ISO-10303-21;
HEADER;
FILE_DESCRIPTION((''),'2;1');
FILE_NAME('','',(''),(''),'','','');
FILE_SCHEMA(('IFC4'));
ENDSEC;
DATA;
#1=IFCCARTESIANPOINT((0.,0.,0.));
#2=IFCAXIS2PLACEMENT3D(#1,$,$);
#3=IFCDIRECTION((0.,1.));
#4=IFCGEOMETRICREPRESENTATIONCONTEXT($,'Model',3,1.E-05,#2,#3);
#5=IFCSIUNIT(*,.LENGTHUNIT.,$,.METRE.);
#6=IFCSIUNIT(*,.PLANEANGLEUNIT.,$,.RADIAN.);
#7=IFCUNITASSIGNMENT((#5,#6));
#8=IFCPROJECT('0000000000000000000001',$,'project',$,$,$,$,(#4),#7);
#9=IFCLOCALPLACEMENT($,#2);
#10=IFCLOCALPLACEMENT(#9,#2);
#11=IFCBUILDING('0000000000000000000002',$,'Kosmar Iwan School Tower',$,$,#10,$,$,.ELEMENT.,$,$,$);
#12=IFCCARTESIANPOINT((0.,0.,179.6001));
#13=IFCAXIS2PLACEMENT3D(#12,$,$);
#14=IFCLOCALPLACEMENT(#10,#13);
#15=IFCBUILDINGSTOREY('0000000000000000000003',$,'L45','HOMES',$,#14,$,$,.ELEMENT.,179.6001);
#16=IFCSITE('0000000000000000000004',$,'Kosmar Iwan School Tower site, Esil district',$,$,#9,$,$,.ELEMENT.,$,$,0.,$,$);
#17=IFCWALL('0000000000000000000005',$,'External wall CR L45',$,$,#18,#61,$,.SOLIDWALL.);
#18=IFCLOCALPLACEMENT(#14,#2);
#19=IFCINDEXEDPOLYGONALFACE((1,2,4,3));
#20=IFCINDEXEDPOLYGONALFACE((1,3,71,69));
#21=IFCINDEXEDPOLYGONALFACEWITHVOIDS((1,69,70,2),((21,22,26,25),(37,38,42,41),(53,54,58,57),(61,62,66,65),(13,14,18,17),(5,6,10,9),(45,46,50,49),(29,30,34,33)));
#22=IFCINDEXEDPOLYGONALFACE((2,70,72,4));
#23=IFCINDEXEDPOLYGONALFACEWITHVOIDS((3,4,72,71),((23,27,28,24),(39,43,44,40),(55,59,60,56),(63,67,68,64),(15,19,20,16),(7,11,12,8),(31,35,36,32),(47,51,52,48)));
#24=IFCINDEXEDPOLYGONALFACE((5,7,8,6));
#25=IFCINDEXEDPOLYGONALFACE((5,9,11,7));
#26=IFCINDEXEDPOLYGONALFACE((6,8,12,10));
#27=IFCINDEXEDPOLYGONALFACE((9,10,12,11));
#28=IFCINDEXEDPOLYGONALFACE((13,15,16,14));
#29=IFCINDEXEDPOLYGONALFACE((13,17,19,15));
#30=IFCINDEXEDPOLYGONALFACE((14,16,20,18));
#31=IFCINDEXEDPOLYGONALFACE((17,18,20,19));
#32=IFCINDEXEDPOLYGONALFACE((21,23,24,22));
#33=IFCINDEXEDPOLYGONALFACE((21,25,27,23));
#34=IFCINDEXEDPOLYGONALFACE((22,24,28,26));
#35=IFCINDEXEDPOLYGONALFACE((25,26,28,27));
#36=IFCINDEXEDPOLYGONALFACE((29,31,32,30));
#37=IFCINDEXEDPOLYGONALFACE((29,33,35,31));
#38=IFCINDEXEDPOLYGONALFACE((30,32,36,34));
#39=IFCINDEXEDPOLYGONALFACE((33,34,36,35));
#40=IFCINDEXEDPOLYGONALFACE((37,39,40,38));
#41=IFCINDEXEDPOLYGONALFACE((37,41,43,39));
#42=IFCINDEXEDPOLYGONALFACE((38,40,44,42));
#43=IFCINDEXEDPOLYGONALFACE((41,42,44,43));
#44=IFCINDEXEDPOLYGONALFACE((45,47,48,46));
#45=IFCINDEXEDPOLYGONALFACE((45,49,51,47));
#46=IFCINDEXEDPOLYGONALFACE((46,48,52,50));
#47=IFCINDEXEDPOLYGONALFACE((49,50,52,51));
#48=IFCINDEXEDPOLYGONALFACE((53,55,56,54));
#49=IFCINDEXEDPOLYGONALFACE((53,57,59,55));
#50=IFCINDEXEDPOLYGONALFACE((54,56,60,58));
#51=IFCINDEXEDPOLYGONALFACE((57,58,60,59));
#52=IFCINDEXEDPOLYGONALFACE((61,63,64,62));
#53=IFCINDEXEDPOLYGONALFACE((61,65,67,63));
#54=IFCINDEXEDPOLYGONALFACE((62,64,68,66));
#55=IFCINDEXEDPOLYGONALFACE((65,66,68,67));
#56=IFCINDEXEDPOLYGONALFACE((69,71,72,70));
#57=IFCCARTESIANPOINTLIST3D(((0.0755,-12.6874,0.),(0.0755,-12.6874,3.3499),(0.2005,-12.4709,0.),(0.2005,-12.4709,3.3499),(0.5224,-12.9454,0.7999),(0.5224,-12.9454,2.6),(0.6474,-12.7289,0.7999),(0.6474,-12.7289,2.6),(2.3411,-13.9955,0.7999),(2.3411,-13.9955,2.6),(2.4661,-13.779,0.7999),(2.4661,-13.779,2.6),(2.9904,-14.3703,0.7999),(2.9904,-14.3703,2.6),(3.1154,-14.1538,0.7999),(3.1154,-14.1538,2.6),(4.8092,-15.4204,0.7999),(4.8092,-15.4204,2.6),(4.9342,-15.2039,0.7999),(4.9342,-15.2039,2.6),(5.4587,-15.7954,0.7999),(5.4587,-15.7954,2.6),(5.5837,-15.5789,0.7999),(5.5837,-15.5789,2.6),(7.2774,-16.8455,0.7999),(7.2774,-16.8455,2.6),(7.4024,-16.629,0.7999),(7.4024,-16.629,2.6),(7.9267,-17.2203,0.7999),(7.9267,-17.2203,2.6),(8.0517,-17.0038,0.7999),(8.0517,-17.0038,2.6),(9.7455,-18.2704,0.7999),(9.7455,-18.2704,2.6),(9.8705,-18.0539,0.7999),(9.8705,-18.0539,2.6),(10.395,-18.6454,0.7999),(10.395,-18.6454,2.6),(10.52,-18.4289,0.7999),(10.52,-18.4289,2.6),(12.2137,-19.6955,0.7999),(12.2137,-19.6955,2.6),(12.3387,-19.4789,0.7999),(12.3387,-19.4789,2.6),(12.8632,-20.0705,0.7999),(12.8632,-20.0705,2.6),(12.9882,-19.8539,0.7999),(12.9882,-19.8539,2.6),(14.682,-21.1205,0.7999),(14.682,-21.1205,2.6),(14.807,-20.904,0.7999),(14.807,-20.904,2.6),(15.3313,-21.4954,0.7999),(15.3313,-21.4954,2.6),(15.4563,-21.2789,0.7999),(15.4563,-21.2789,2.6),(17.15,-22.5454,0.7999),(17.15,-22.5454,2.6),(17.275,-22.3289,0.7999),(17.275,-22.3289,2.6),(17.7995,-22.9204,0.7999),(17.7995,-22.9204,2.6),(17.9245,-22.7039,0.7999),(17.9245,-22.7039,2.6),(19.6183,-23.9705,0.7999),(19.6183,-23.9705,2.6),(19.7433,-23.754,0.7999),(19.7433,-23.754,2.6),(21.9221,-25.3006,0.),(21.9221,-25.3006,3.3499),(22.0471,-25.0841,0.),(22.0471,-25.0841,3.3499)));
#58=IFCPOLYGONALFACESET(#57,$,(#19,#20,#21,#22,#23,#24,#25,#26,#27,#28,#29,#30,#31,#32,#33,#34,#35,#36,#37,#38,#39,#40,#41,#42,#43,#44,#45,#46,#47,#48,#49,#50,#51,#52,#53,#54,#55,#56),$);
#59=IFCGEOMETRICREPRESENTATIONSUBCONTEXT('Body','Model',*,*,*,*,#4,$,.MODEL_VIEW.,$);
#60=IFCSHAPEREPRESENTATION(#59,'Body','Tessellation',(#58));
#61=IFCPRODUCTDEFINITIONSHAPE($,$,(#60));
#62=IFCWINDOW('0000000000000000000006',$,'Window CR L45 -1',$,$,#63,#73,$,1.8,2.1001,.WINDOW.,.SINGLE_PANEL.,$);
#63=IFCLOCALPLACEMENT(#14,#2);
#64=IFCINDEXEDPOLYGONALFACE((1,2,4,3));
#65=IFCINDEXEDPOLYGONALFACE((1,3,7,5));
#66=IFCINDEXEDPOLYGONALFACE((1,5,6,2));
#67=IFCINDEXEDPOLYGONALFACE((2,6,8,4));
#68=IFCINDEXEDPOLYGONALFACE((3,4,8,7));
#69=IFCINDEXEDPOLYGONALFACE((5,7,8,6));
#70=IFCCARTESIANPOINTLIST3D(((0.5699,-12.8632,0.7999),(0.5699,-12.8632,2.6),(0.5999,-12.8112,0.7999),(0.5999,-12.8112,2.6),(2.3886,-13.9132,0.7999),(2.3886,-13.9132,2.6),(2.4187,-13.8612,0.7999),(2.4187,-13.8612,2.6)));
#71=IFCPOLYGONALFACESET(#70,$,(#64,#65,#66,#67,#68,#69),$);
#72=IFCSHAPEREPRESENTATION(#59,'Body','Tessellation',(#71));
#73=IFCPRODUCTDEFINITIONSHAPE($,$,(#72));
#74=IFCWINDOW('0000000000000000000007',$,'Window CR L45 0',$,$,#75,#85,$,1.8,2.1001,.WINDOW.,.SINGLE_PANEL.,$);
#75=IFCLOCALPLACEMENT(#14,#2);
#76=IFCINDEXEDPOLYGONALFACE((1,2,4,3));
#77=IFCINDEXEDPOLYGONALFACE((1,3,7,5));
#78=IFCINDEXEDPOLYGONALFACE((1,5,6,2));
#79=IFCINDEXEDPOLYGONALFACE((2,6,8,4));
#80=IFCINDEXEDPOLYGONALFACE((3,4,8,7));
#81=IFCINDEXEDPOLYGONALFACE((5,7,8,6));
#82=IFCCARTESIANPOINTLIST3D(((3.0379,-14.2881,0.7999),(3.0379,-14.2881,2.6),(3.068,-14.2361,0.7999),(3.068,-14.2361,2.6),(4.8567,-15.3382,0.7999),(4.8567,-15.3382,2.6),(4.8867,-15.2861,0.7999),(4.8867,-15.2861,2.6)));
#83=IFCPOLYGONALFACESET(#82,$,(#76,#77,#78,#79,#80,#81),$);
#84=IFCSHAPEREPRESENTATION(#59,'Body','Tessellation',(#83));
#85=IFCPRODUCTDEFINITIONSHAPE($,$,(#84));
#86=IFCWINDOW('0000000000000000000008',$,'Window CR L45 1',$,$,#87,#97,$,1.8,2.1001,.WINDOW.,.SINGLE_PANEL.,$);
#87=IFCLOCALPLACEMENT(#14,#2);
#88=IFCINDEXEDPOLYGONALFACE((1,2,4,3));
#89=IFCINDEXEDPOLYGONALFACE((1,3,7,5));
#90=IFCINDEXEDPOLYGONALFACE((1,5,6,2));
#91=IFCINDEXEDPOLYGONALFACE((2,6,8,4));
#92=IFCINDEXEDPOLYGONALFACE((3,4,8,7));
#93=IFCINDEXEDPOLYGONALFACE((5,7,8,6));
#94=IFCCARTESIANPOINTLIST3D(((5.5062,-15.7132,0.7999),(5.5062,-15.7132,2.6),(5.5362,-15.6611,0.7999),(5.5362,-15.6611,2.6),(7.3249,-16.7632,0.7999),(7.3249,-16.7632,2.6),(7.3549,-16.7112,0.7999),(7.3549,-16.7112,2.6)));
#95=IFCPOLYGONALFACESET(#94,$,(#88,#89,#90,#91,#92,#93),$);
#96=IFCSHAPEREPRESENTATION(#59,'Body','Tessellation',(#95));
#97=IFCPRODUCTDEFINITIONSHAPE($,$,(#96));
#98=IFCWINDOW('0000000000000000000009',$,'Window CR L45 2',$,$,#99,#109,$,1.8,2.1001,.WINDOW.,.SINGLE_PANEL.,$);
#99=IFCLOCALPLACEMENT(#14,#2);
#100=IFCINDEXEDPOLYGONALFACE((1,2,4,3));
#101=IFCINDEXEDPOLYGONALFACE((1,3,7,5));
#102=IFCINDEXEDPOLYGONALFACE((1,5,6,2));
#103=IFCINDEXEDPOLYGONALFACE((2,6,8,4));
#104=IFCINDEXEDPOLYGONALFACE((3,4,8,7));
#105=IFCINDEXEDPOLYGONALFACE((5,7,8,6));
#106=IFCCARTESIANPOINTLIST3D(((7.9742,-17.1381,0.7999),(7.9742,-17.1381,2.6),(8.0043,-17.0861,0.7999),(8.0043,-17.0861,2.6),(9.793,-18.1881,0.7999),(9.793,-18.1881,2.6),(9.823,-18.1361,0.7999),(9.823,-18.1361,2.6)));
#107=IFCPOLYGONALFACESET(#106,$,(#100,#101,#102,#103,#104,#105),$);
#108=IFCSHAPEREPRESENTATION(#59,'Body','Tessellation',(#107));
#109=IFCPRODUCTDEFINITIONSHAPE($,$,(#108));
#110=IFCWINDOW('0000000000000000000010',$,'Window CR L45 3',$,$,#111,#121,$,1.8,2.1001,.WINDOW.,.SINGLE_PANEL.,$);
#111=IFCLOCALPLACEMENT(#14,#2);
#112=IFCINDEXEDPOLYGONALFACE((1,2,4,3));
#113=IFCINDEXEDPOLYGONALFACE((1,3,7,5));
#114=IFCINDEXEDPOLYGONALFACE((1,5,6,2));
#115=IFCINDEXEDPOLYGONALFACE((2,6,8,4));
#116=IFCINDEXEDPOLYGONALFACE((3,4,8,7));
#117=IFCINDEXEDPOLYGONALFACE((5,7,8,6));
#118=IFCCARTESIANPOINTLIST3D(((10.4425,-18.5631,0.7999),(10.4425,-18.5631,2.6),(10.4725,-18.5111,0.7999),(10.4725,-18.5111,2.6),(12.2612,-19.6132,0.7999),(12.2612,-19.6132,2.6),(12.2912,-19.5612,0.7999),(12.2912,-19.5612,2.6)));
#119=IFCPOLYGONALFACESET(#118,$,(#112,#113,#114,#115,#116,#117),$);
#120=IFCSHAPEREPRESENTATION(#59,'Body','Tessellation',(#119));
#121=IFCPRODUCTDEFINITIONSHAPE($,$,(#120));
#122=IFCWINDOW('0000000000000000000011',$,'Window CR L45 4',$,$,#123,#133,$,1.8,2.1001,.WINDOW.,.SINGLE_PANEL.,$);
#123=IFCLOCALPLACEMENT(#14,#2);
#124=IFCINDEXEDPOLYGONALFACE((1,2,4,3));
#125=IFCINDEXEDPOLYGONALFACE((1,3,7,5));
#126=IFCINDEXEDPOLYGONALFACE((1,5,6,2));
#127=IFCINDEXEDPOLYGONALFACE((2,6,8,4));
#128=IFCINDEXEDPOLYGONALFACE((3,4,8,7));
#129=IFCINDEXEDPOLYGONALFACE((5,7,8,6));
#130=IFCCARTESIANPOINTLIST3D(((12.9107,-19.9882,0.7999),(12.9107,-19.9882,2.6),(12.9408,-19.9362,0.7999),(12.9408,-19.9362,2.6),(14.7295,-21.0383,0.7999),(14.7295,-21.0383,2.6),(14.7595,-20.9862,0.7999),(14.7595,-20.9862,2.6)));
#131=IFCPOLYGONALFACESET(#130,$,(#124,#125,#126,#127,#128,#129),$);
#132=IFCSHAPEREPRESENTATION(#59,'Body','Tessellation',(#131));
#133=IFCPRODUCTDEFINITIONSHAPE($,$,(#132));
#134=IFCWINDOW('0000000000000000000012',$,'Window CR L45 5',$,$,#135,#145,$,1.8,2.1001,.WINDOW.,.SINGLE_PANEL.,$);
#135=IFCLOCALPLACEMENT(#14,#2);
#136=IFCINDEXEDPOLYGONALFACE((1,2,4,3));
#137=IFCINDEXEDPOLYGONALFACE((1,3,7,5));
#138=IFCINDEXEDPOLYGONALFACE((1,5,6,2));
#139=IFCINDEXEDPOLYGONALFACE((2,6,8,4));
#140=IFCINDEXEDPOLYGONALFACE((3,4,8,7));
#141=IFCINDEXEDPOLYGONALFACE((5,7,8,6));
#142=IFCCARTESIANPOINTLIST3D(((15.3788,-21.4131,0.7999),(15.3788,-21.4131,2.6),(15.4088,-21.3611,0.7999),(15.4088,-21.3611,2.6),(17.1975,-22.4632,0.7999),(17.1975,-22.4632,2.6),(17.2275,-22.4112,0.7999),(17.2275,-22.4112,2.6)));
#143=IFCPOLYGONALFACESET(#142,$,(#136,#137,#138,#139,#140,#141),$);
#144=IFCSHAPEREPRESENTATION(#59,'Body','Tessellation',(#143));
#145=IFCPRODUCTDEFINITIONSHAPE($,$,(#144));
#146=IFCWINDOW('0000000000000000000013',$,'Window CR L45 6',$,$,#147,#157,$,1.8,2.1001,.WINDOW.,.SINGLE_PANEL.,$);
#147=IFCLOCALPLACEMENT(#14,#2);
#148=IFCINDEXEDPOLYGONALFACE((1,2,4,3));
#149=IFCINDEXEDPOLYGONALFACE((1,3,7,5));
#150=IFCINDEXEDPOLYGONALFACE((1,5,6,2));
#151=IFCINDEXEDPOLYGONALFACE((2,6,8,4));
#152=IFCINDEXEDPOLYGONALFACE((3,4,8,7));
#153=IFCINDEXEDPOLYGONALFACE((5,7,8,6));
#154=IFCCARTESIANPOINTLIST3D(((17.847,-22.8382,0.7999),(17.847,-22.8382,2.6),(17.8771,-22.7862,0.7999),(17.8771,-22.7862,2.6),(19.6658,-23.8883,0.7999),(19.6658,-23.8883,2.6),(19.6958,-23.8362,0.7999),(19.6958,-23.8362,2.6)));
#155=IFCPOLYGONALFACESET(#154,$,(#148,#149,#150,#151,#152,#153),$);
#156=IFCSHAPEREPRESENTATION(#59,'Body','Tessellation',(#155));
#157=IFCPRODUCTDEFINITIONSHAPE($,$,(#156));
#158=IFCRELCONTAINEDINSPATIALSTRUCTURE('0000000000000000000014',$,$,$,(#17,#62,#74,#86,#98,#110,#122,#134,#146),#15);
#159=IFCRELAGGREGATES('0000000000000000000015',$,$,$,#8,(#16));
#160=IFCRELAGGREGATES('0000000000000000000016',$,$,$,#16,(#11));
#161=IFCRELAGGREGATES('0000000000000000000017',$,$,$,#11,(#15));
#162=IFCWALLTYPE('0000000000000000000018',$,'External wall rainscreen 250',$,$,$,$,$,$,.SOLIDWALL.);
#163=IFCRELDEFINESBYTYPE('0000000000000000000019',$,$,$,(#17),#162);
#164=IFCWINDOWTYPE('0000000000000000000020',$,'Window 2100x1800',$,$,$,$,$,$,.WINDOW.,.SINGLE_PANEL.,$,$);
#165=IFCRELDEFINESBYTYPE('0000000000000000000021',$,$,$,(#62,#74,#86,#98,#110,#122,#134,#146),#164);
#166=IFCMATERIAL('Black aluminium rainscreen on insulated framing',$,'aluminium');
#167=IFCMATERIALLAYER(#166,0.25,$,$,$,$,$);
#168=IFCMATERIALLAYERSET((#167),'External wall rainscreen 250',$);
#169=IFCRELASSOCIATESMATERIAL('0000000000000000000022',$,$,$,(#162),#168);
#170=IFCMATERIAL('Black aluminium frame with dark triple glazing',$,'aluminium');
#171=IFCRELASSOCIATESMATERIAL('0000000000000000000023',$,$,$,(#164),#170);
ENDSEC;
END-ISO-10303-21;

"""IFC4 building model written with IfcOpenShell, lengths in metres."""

from ifc_helpers import new_model, si_unit, direction, frame, frame_2d, origin, place, context, subcontext, project, spatial, rectangle, extrude, material, layer, layer_set, type_object, element, fill, save


model = new_model("IFC4")

# Units and contexts
model_context = context("Model", 3, precision=1e-05, world=origin(), true_north=direction((0.0, 1.0)))
body_context = subcontext(model_context, "Body", "Model", "MODEL_VIEW")
ifc_project = project(units=[si_unit("LENGTHUNIT", "METRE"), si_unit("PLANEANGLEUNIT", "RADIAN")], contexts=[model_context])

# Site, building, storey
site_placement = place(None, origin())
site = spatial("IfcSite", under=ifc_project, at=site_placement, Name="Kosmar Iwan School Tower site, Esil district", CompositionType="ELEMENT", RefElevation=0.0)
building_placement = place(site_placement, origin())
building = spatial("IfcBuilding", under=site, at=building_placement, Name="Kosmar Iwan School Tower", CompositionType="ELEMENT")
storey_placement = place(building_placement, frame((0.0, 0.0, 179.6001)))
storey = spatial("IfcBuildingStorey", under=building, at=storey_placement, Name="L45", Description="HOMES", CompositionType="ELEMENT", Elevation=179.6001)

# Wall, openings, windows
ifc_material_1 = material(Name="Black aluminium rainscreen on insulated framing", Category="aluminium")
ifc_layer = layer(ifc_material_1, 0.25)
ifc_layer_set = layer_set([ifc_layer], Name="External wall rainscreen 250")
wall_type = type_object("IfcWallType", Name="External wall rainscreen 250", PredefinedType="SOLIDWALL", material=ifc_layer_set)
wall_placement = place(storey_placement, frame((0.1379, -12.5791, 0.0), z_axis=(0.0, 0.0, 1.0), x_axis=(0.866024, -0.500003, 0.0)))
wall = element("IfcWall", 1, at=wall_placement, inside=storey, type_object=wall_type, Name="External wall CR L45", PredefinedType="SOLIDWALL", context=body_context, shape_type="SweptSolid", body=[
    extrude(rectangle(XDim=25.2263, YDim=0.25, at=frame_2d((12.6133, 0.0))), origin(), (0.0, 0.0, 1.0), 3.3499),
])
opening_1_placement = place(wall_placement, frame((0.5161, 0.0, 0.8)))
opening_1 = element("IfcOpeningElement", 2, at=opening_1_placement, cuts=wall, PredefinedType="OPENING", context=body_context, shape_type="SweptSolid", body=[
    extrude(rectangle(XDim=2.1001, YDim=1.8, at=frame_2d((1.05, 0.8999))), frame((0.0, 0.137, 0.0), z_axis=(0.0, -1.0, 0.0), x_axis=(1.0, 0.0, 0.0)), (0.0, 0.0, 1.0), 0.2739),
])
opening_2_placement = place(wall_placement, frame((3.366, 0.0, 0.8)))
opening_2 = element("IfcOpeningElement", 3, at=opening_2_placement, cuts=wall, PredefinedType="OPENING", context=body_context, shape_type="SweptSolid", body=[
    extrude(rectangle(XDim=2.1001, YDim=1.8, at=frame_2d((1.05, 0.8999))), frame((0.0, 0.137, 0.0), z_axis=(0.0, -1.0, 0.0), x_axis=(1.0, 0.0, 0.0)), (0.0, 0.0, 1.0), 0.2739),
])
opening_3_placement = place(wall_placement, frame((6.2161, 0.0, 0.8)))
opening_3 = element("IfcOpeningElement", 4, at=opening_3_placement, cuts=wall, PredefinedType="OPENING", context=body_context, shape_type="SweptSolid", body=[
    extrude(rectangle(XDim=2.1001, YDim=1.8, at=frame_2d((1.05, 0.8999))), frame((0.0, 0.137, 0.0), z_axis=(0.0, -1.0, 0.0), x_axis=(1.0, 0.0, 0.0)), (0.0, 0.0, 1.0), 0.2739),
])
opening_4_placement = place(wall_placement, frame((9.0659, 0.0, 0.8)))
opening_4 = element("IfcOpeningElement", 5, at=opening_4_placement, cuts=wall, PredefinedType="OPENING", context=body_context, shape_type="SweptSolid", body=[
    extrude(rectangle(XDim=2.1001, YDim=1.8, at=frame_2d((1.05, 0.8999))), frame((0.0, 0.137, 0.0), z_axis=(0.0, -1.0, 0.0), x_axis=(1.0, 0.0, 0.0)), (0.0, 0.0, 1.0), 0.2739),
])
opening_5_placement = place(wall_placement, frame((11.916, 0.0, 0.8)))
opening_5 = element("IfcOpeningElement", 6, at=opening_5_placement, cuts=wall, PredefinedType="OPENING", context=body_context, shape_type="SweptSolid", body=[
    extrude(rectangle(XDim=2.1001, YDim=1.8, at=frame_2d((1.05, 0.8999))), frame((0.0, 0.137, 0.0), z_axis=(0.0, -1.0, 0.0), x_axis=(1.0, 0.0, 0.0)), (0.0, 0.0, 1.0), 0.2739),
])
opening_6_placement = place(wall_placement, frame((14.7661, 0.0, 0.8)))
opening_6 = element("IfcOpeningElement", 7, at=opening_6_placement, cuts=wall, PredefinedType="OPENING", context=body_context, shape_type="SweptSolid", body=[
    extrude(rectangle(XDim=2.1001, YDim=1.8, at=frame_2d((1.05, 0.8999))), frame((0.0, 0.137, 0.0), z_axis=(0.0, -1.0, 0.0), x_axis=(1.0, 0.0, 0.0)), (0.0, 0.0, 1.0), 0.2739),
])
opening_7_placement = place(wall_placement, frame((17.616, 0.0, 0.8)))
opening_7 = element("IfcOpeningElement", 8, at=opening_7_placement, cuts=wall, PredefinedType="OPENING", context=body_context, shape_type="SweptSolid", body=[
    extrude(rectangle(XDim=2.1001, YDim=1.8, at=frame_2d((1.05, 0.8999))), frame((0.0, 0.137, 0.0), z_axis=(0.0, -1.0, 0.0), x_axis=(1.0, 0.0, 0.0)), (0.0, 0.0, 1.0), 0.2739),
])
opening_8_placement = place(wall_placement, frame((20.4661, 0.0, 0.8)))
opening_8 = element("IfcOpeningElement", 9, at=opening_8_placement, cuts=wall, PredefinedType="OPENING", context=body_context, shape_type="SweptSolid", body=[
    extrude(rectangle(XDim=2.1001, YDim=1.8, at=frame_2d((1.05, 0.8999))), frame((0.0, 0.137, 0.0), z_axis=(0.0, -1.0, 0.0), x_axis=(1.0, 0.0, 0.0)), (0.0, 0.0, 1.0), 0.2739),
])
ifc_material_2 = material(Name="Black aluminium frame with dark triple glazing", Category="aluminium")
window_type = type_object("IfcWindowType", Name="Window 2100x1800", PartitioningType="SINGLE_PANEL", PredefinedType="WINDOW", material=ifc_material_2)
window_1_placement = place(opening_1_placement, origin())
window_1 = element("IfcWindow", 10, at=window_1_placement, inside=storey, type_object=window_type, Name="Window CR L45 -1", OverallHeight=1.8, OverallWidth=2.1001, PartitioningType="SINGLE_PANEL", PredefinedType="WINDOW", context=body_context, shape_type="SweptSolid", body=[
    extrude(rectangle(XDim=2.1001, YDim=1.8, at=frame_2d((1.05, 0.8999))), frame((0.0, 0.03, 0.0), z_axis=(0.0, -1.0, 0.0), x_axis=(1.0, 0.0, 0.0)), (0.0, 0.0, 1.0), 0.0601),
])
fill(opening_1, window_1)
window_2_placement = place(opening_2_placement, origin())
window_2 = element("IfcWindow", 11, at=window_2_placement, inside=storey, type_object=window_type, Name="Window CR L45 0", OverallHeight=1.8, OverallWidth=2.1001, PartitioningType="SINGLE_PANEL", PredefinedType="WINDOW", context=body_context, shape_type="SweptSolid", body=[
    extrude(rectangle(XDim=2.1001, YDim=1.8, at=frame_2d((1.05, 0.8999))), frame((0.0, 0.03, 0.0), z_axis=(0.0, -1.0, 0.0), x_axis=(1.0, 0.0, 0.0)), (0.0, 0.0, 1.0), 0.0601),
])
fill(opening_2, window_2)
window_3_placement = place(opening_3_placement, origin())
window_3 = element("IfcWindow", 12, at=window_3_placement, inside=storey, type_object=window_type, Name="Window CR L45 1", OverallHeight=1.8, OverallWidth=2.1001, PartitioningType="SINGLE_PANEL", PredefinedType="WINDOW", context=body_context, shape_type="SweptSolid", body=[
    extrude(rectangle(XDim=2.1001, YDim=1.8, at=frame_2d((1.05, 0.8999))), frame((0.0, 0.03, 0.0), z_axis=(0.0, -1.0, 0.0), x_axis=(1.0, 0.0, 0.0)), (0.0, 0.0, 1.0), 0.0601),
])
fill(opening_3, window_3)
window_4_placement = place(opening_4_placement, origin())
window_4 = element("IfcWindow", 13, at=window_4_placement, inside=storey, type_object=window_type, Name="Window CR L45 2", OverallHeight=1.8, OverallWidth=2.1001, PartitioningType="SINGLE_PANEL", PredefinedType="WINDOW", context=body_context, shape_type="SweptSolid", body=[
    extrude(rectangle(XDim=2.1001, YDim=1.8, at=frame_2d((1.05, 0.8999))), frame((0.0, 0.03, 0.0), z_axis=(0.0, -1.0, 0.0), x_axis=(1.0, 0.0, 0.0)), (0.0, 0.0, 1.0), 0.0601),
])
fill(opening_4, window_4)
window_5_placement = place(opening_5_placement, origin())
window_5 = element("IfcWindow", 14, at=window_5_placement, inside=storey, type_object=window_type, Name="Window CR L45 3", OverallHeight=1.8, OverallWidth=2.1001, PartitioningType="SINGLE_PANEL", PredefinedType="WINDOW", context=body_context, shape_type="SweptSolid", body=[
    extrude(rectangle(XDim=2.1001, YDim=1.8, at=frame_2d((1.05, 0.8999))), frame((0.0, 0.03, 0.0), z_axis=(0.0, -1.0, 0.0), x_axis=(1.0, 0.0, 0.0)), (0.0, 0.0, 1.0), 0.0601),
])
fill(opening_5, window_5)
window_6_placement = place(opening_6_placement, origin())
window_6 = element("IfcWindow", 15, at=window_6_placement, inside=storey, type_object=window_type, Name="Window CR L45 4", OverallHeight=1.8, OverallWidth=2.1001, PartitioningType="SINGLE_PANEL", PredefinedType="WINDOW", context=body_context, shape_type="SweptSolid", body=[
    extrude(rectangle(XDim=2.1001, YDim=1.8, at=frame_2d((1.05, 0.8999))), frame((0.0, 0.03, 0.0), z_axis=(0.0, -1.0, 0.0), x_axis=(1.0, 0.0, 0.0)), (0.0, 0.0, 1.0), 0.0601),
])
fill(opening_6, window_6)
window_7_placement = place(opening_7_placement, origin())
window_7 = element("IfcWindow", 16, at=window_7_placement, inside=storey, type_object=window_type, Name="Window CR L45 5", OverallHeight=1.8, OverallWidth=2.1001, PartitioningType="SINGLE_PANEL", PredefinedType="WINDOW", context=body_context, shape_type="SweptSolid", body=[
    extrude(rectangle(XDim=2.1001, YDim=1.8, at=frame_2d((1.05, 0.8999))), frame((0.0, 0.03, 0.0), z_axis=(0.0, -1.0, 0.0), x_axis=(1.0, 0.0, 0.0)), (0.0, 0.0, 1.0), 0.0601),
])
fill(opening_7, window_7)
window_8_placement = place(opening_8_placement, origin())
window_8 = element("IfcWindow", 17, at=window_8_placement, inside=storey, type_object=window_type, Name="Window CR L45 6", OverallHeight=1.8, OverallWidth=2.1001, PartitioningType="SINGLE_PANEL", PredefinedType="WINDOW", context=body_context, shape_type="SweptSolid", body=[
    extrude(rectangle(XDim=2.1001, YDim=1.8, at=frame_2d((1.05, 0.8999))), frame((0.0, 0.03, 0.0), z_axis=(0.0, -1.0, 0.0), x_axis=(1.0, 0.0, 0.0)), (0.0, 0.0, 1.0), 0.0601),
])
fill(opening_8, window_8)

save(model, "model.ifc")
